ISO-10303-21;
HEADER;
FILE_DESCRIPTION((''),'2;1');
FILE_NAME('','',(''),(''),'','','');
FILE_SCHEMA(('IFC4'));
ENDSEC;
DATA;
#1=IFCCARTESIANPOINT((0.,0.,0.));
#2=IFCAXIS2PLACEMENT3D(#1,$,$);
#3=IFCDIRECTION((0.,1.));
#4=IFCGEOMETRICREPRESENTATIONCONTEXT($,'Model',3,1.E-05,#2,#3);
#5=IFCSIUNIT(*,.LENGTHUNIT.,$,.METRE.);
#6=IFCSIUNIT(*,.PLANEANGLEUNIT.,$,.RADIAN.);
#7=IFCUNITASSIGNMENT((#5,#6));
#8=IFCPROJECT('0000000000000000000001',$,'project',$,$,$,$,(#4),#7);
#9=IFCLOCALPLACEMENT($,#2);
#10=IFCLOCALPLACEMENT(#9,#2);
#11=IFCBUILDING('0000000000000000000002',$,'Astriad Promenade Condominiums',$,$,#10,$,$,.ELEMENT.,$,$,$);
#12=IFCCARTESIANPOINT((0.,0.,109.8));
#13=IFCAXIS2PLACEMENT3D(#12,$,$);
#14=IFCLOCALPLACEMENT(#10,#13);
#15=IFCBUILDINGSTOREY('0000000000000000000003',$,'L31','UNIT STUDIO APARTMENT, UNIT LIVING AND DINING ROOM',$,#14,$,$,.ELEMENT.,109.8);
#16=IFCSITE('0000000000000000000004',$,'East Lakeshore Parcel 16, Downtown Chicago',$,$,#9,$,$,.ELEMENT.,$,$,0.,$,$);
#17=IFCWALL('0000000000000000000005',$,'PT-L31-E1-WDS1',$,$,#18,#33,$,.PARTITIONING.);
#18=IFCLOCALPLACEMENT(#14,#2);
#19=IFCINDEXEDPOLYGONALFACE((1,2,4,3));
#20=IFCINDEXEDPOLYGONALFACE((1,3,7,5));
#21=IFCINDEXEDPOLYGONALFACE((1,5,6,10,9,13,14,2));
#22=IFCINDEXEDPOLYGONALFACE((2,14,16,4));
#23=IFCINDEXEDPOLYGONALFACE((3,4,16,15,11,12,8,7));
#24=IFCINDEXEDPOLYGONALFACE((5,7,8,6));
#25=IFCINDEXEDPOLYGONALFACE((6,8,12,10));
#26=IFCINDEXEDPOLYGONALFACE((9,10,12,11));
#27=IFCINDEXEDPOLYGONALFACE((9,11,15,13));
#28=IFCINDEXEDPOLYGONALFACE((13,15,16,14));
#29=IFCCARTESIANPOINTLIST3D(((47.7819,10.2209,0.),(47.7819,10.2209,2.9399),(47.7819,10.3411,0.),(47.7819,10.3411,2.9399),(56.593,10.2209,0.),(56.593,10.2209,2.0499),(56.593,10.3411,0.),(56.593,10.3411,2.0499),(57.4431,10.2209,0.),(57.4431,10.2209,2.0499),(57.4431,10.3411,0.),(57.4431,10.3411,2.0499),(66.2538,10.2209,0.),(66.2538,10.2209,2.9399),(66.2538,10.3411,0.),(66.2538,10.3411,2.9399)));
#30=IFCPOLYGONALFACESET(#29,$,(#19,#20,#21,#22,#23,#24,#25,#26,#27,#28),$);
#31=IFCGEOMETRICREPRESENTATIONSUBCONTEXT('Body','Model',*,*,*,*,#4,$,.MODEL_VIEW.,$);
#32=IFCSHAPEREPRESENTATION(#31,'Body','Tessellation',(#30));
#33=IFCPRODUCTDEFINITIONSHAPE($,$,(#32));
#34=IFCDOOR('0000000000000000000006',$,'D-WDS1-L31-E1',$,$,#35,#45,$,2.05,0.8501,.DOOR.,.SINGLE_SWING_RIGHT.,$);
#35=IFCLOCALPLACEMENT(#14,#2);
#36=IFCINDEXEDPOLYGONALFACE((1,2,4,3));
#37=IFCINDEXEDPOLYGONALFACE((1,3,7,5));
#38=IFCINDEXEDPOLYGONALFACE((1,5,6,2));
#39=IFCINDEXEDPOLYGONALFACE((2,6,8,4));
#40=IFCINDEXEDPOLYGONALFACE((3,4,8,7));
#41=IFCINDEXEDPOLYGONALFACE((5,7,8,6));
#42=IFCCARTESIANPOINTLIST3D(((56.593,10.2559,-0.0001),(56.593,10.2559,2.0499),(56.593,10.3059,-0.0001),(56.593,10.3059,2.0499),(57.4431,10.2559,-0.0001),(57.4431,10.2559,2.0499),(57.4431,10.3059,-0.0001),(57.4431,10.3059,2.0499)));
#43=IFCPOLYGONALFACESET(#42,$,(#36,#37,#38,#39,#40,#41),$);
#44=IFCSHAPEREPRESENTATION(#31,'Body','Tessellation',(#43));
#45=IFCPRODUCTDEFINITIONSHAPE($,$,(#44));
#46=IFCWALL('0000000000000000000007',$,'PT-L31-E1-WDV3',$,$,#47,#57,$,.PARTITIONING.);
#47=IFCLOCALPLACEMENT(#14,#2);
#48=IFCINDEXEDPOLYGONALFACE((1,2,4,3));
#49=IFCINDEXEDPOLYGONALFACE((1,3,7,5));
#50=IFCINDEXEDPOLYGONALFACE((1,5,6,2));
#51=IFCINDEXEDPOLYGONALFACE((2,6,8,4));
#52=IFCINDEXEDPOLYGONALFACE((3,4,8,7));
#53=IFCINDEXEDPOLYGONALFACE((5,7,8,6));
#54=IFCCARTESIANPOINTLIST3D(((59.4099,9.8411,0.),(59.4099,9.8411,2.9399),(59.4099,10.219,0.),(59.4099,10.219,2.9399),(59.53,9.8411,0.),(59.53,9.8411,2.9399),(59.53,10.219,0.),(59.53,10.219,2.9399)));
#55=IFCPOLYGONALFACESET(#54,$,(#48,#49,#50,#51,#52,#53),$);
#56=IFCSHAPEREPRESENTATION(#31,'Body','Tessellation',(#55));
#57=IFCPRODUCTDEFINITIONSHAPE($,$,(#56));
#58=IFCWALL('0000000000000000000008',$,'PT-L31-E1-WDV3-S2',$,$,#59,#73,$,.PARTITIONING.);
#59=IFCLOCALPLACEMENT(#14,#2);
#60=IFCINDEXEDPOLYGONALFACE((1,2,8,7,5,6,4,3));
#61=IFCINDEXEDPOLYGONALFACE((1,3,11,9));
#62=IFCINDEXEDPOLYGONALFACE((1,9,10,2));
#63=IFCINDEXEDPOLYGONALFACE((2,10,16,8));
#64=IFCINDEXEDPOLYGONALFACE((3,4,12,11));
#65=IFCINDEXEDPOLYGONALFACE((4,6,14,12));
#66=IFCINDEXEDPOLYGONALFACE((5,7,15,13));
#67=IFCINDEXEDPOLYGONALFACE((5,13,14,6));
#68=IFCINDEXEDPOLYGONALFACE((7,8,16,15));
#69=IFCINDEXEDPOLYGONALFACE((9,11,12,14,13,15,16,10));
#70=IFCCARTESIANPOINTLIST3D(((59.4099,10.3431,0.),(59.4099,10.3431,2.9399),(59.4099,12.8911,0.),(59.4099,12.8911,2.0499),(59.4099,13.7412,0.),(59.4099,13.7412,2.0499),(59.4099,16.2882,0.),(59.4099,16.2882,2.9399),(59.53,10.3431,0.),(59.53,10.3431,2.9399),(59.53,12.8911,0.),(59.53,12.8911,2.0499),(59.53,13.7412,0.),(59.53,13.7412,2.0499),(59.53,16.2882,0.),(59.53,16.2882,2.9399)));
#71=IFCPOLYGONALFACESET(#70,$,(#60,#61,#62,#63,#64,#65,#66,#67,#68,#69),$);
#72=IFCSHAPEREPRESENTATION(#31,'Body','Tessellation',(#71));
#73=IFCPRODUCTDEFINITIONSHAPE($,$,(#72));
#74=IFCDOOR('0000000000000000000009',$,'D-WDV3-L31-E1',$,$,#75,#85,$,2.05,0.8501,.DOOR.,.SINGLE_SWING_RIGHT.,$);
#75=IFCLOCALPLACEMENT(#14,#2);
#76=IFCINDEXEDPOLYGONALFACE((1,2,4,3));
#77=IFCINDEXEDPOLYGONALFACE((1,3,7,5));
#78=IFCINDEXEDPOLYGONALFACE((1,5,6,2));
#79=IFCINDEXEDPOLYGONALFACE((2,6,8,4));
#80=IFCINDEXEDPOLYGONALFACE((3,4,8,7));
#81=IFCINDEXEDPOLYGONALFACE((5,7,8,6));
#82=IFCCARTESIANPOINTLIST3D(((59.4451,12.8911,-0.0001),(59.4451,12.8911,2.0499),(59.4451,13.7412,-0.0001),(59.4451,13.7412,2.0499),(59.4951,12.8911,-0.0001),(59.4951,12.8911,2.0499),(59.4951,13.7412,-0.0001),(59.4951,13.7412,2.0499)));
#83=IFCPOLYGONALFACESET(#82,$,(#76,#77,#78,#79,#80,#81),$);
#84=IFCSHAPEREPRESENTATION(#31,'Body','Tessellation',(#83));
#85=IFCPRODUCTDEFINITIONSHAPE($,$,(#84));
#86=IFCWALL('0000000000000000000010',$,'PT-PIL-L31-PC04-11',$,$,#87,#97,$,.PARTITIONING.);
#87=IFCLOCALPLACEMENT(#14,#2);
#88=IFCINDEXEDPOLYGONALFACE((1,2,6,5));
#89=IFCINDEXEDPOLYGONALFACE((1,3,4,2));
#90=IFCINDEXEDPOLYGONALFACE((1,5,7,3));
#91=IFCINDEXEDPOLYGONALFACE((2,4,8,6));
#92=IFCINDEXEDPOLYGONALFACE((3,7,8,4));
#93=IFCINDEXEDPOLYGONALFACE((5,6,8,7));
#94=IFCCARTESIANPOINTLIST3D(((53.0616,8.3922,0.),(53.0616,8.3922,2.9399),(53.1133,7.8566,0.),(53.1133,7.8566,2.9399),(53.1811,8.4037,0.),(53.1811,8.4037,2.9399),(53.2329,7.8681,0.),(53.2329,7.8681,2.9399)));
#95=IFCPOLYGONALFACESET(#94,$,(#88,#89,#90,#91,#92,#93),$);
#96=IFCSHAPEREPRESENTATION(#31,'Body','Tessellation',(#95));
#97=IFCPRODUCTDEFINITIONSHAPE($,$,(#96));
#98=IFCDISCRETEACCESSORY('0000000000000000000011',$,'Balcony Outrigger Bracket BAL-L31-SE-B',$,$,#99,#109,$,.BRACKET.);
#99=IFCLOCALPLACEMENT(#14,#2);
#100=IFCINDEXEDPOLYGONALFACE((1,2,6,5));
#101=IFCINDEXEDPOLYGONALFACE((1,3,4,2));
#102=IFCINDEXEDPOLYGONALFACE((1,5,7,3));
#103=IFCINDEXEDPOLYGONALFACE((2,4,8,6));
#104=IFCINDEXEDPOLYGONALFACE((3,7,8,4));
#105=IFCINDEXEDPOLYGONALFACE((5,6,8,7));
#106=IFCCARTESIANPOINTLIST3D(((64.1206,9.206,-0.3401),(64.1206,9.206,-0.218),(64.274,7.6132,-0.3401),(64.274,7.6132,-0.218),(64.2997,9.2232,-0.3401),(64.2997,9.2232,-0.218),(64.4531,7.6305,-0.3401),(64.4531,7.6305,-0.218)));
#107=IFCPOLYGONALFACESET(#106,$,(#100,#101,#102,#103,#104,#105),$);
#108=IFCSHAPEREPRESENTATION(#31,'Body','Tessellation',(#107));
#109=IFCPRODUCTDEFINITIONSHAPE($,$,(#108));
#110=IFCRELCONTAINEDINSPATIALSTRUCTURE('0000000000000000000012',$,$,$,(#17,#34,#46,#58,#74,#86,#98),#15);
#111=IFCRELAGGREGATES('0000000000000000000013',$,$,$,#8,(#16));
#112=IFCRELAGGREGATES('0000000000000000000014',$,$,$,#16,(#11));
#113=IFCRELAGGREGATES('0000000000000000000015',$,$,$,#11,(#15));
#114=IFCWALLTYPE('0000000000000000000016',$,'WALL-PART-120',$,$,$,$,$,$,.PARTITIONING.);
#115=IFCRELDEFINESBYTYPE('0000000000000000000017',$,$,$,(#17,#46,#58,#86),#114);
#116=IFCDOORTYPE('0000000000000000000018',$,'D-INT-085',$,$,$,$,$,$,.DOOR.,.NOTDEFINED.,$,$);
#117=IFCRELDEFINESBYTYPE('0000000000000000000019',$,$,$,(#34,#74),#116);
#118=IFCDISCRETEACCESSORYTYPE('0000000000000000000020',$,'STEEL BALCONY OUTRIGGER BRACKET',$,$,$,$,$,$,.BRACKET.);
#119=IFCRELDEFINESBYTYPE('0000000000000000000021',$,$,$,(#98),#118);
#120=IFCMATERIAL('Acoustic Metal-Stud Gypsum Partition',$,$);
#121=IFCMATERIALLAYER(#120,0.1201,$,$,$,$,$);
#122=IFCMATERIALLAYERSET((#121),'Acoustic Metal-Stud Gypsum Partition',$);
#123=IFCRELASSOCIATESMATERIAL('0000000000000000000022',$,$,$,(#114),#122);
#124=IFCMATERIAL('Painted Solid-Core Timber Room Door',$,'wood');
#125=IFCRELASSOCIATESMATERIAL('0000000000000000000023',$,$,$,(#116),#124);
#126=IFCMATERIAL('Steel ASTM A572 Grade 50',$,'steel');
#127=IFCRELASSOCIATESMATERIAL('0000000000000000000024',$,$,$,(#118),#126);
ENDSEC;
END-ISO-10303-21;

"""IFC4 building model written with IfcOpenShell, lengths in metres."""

from ifc_helpers import new_model, si_unit, direction, frame, frame_2d, origin, origin_2d, place, context, subcontext, project, spatial, rectangle, extrude, source, transform, mapped, material, layer, layer_set, type_object, type_shapes, element, fill, save


model = new_model("IFC4")

# Units and contexts
model_context = context("Model", 3, precision=1e-05, world=origin(), true_north=direction((0.0, 1.0)))
body_context = subcontext(model_context, "Body", "Model", "MODEL_VIEW")
ifc_project = project(units=[si_unit("LENGTHUNIT", "METRE"), si_unit("PLANEANGLEUNIT", "RADIAN")], contexts=[model_context])

# Site, building, storey
site_placement = place(None, origin())
site = spatial("IfcSite", under=ifc_project, at=site_placement, Name="East Lakeshore Parcel 16, Downtown Chicago", CompositionType="ELEMENT", RefElevation=0.0)
building_placement = place(site_placement, origin())
building = spatial("IfcBuilding", under=site, at=building_placement, Name="Astriad Promenade Condominiums", CompositionType="ELEMENT")
storey_placement = place(building_placement, frame((0.0, 0.0, 109.8)))
storey = spatial("IfcBuildingStorey", under=building, at=storey_placement, Name="L31", Description="UNIT STUDIO APARTMENT, UNIT LIVING AND DINING ROOM", CompositionType="ELEMENT", Elevation=109.8)

# Shared definitions
ifc_material_1 = material(Name="Acoustic Metal-Stud Gypsum Partition")
ifc_layer_1 = layer(ifc_material_1, 0.1201)
ifc_layer_set_1 = layer_set([ifc_layer_1], Name="Acoustic Metal-Stud Gypsum Partition")
wall_type_1 = type_object("IfcWallType", Name="WALL-PART-120", PredefinedType="PARTITIONING", material=ifc_layer_set_1)
ifc_material_2 = material(Name="Painted Solid-Core Timber Room Door", Category="wood")
door_type_1 = type_object("IfcDoorType", Name="D-INT-085", OperationType="NOTDEFINED", PredefinedType="DOOR", material=ifc_material_2)
shared_shape_1 = source(origin(), body_context, "Body", "SweptSolid", [
    extrude(rectangle(XDim=0.8501, YDim=2.05, at=frame_2d((0.425, 1.0249))), frame((0.0, 0.0249, 0.0), z_axis=(0.0, -1.0, 0.0), x_axis=(1.0, 0.0, 0.0)), (0.0, 0.0, 1.0), 0.05),
])
type_shapes(door_type_1, [shared_shape_1])

# Wall, opening, door
wall_1_placement = place(storey_placement, frame((47.782, 10.281, 0.0), z_axis=(0.0, 0.0, 1.0), x_axis=(1.0, 0.0, 0.0)))
wall_1 = element("IfcWall", 1, at=wall_1_placement, inside=storey, type_object=wall_type_1, Name="PT-L31-E1-WDS1", PredefinedType="PARTITIONING", context=body_context, shape_type="SweptSolid", body=[
    extrude(rectangle(XDim=18.4719, YDim=0.1201, at=frame_2d((9.2358, 0.0))), origin(), (0.0, 0.0, 1.0), 2.9399),
])
opening_1_placement = place(wall_1_placement, frame((8.811, 0.0, 0.0)))
opening_1 = element("IfcOpeningElement", 2, at=opening_1_placement, cuts=wall_1, PredefinedType="OPENING", context=body_context, shape_type="SweptSolid", body=[
    extrude(rectangle(XDim=0.8501, YDim=2.05, at=frame_2d((0.425, 1.0249))), frame((0.0, 0.0701, 0.0), z_axis=(0.0, -1.0, 0.0), x_axis=(1.0, 0.0, 0.0)), (0.0, 0.0, 1.0), 0.1401),
])
door_1_placement = place(opening_1_placement, origin())
door_1 = element("IfcDoor", 3, at=door_1_placement, inside=storey, type_object=door_type_1, Name="D-WDS1-L31-E1", OperationType="SINGLE_SWING_RIGHT", OverallHeight=2.05, OverallWidth=0.8501, PredefinedType="DOOR", context=body_context, shape_type="MappedRepresentation", body=[
    mapped(shared_shape_1, transform((0.0, 0.0, 0.0), scale=1.0)),
])
fill(opening_1, door_1)

# Wall
wall_2_placement = place(storey_placement, frame((59.47, 9.8411, 0.0), z_axis=(0.0, 0.0, 1.0), x_axis=(0.0, 1.0, 0.0)))
element("IfcWall", 4, at=wall_2_placement, inside=storey, type_object=wall_type_1, Name="PT-L31-E1-WDV3", PredefinedType="PARTITIONING", context=body_context, shape_type="SweptSolid", body=[
    extrude(rectangle(XDim=0.3779, YDim=0.1201, at=frame_2d((0.189, 0.0))), origin(), (0.0, 0.0, 1.0), 2.9399),
])

# Wall, opening, door
wall_3_placement = place(storey_placement, frame((59.47, 10.343, 0.0), z_axis=(0.0, 0.0, 1.0), x_axis=(0.0, 1.0, 0.0)))
wall_3 = element("IfcWall", 5, at=wall_3_placement, inside=storey, type_object=wall_type_1, Name="PT-L31-E1-WDV3-S2", PredefinedType="PARTITIONING", context=body_context, shape_type="SweptSolid", body=[
    extrude(rectangle(XDim=5.9451, YDim=0.1201, at=frame_2d((2.9727, 0.0))), origin(), (0.0, 0.0, 1.0), 2.9399),
])
opening_2_placement = place(wall_3_placement, frame((2.5481, 0.0, 0.0)))
opening_2 = element("IfcOpeningElement", 6, at=opening_2_placement, cuts=wall_3, PredefinedType="OPENING", context=body_context, shape_type="SweptSolid", body=[
    extrude(rectangle(XDim=0.8501, YDim=2.05, at=frame_2d((0.425, 1.0249))), frame((0.0, 0.0701, 0.0), z_axis=(0.0, -1.0, 0.0), x_axis=(1.0, 0.0, 0.0)), (0.0, 0.0, 1.0), 0.1401),
])
door_2_placement = place(opening_2_placement, origin())
door_2 = element("IfcDoor", 7, at=door_2_placement, inside=storey, type_object=door_type_1, Name="D-WDV3-L31-E1", OperationType="SINGLE_SWING_RIGHT", OverallHeight=2.05, OverallWidth=0.8501, PredefinedType="DOOR", context=body_context, shape_type="MappedRepresentation", body=[
    mapped(shared_shape_1, transform((0.0, 0.0, 0.0), scale=1.0)),
])
fill(opening_2, door_2)

# Wall
wall_4_placement = place(storey_placement, frame((53.1213, 8.3979, 0.0), z_axis=(0.0, 0.0, 1.0), x_axis=(0.096179, -0.995364, 0.0)))
element("IfcWall", 8, at=wall_4_placement, inside=storey, type_object=wall_type_1, Name="PT-PIL-L31-PC04-11", PredefinedType="PARTITIONING", context=body_context, shape_type="SweptSolid", body=[
    extrude(rectangle(XDim=0.5381, YDim=0.1201, at=frame_2d((0.269, 0.0))), origin(), (0.0, 0.0, 1.0), 2.9399),
])

# Discrete accessory
ifc_material_3 = material(Name="Steel ASTM A572 Grade 50", Category="steel")
discrete_accessory_type = type_object("IfcDiscreteAccessoryType", Name="STEEL BALCONY OUTRIGGER BRACKET", PredefinedType="BRACKET", material=ifc_material_3)
shared_shape_2 = source(origin(), body_context, "Body", "SweptSolid", [
    extrude(rectangle(XDim=1.6001, YDim=0.1799, at=origin_2d()), origin(), (0.0, 0.0, 1.0), 0.1221),
])
type_shapes(discrete_accessory_type, [shared_shape_2])
discrete_accessory_placement = place(storey_placement, frame((64.2869, 8.4182, -0.3401), z_axis=(0.0, 0.0, 1.0), x_axis=(0.095846, -0.995396, 0.0)))
element("IfcDiscreteAccessory", 9, at=discrete_accessory_placement, inside=storey, type_object=discrete_accessory_type, Name="Balcony Outrigger Bracket BAL-L31-SE-B", PredefinedType="BRACKET", context=body_context, shape_type="MappedRepresentation", body=[
    mapped(shared_shape_2, transform((0.0, 0.0, 0.0), scale=1.0)),
])

save(model, "model.ifc")
